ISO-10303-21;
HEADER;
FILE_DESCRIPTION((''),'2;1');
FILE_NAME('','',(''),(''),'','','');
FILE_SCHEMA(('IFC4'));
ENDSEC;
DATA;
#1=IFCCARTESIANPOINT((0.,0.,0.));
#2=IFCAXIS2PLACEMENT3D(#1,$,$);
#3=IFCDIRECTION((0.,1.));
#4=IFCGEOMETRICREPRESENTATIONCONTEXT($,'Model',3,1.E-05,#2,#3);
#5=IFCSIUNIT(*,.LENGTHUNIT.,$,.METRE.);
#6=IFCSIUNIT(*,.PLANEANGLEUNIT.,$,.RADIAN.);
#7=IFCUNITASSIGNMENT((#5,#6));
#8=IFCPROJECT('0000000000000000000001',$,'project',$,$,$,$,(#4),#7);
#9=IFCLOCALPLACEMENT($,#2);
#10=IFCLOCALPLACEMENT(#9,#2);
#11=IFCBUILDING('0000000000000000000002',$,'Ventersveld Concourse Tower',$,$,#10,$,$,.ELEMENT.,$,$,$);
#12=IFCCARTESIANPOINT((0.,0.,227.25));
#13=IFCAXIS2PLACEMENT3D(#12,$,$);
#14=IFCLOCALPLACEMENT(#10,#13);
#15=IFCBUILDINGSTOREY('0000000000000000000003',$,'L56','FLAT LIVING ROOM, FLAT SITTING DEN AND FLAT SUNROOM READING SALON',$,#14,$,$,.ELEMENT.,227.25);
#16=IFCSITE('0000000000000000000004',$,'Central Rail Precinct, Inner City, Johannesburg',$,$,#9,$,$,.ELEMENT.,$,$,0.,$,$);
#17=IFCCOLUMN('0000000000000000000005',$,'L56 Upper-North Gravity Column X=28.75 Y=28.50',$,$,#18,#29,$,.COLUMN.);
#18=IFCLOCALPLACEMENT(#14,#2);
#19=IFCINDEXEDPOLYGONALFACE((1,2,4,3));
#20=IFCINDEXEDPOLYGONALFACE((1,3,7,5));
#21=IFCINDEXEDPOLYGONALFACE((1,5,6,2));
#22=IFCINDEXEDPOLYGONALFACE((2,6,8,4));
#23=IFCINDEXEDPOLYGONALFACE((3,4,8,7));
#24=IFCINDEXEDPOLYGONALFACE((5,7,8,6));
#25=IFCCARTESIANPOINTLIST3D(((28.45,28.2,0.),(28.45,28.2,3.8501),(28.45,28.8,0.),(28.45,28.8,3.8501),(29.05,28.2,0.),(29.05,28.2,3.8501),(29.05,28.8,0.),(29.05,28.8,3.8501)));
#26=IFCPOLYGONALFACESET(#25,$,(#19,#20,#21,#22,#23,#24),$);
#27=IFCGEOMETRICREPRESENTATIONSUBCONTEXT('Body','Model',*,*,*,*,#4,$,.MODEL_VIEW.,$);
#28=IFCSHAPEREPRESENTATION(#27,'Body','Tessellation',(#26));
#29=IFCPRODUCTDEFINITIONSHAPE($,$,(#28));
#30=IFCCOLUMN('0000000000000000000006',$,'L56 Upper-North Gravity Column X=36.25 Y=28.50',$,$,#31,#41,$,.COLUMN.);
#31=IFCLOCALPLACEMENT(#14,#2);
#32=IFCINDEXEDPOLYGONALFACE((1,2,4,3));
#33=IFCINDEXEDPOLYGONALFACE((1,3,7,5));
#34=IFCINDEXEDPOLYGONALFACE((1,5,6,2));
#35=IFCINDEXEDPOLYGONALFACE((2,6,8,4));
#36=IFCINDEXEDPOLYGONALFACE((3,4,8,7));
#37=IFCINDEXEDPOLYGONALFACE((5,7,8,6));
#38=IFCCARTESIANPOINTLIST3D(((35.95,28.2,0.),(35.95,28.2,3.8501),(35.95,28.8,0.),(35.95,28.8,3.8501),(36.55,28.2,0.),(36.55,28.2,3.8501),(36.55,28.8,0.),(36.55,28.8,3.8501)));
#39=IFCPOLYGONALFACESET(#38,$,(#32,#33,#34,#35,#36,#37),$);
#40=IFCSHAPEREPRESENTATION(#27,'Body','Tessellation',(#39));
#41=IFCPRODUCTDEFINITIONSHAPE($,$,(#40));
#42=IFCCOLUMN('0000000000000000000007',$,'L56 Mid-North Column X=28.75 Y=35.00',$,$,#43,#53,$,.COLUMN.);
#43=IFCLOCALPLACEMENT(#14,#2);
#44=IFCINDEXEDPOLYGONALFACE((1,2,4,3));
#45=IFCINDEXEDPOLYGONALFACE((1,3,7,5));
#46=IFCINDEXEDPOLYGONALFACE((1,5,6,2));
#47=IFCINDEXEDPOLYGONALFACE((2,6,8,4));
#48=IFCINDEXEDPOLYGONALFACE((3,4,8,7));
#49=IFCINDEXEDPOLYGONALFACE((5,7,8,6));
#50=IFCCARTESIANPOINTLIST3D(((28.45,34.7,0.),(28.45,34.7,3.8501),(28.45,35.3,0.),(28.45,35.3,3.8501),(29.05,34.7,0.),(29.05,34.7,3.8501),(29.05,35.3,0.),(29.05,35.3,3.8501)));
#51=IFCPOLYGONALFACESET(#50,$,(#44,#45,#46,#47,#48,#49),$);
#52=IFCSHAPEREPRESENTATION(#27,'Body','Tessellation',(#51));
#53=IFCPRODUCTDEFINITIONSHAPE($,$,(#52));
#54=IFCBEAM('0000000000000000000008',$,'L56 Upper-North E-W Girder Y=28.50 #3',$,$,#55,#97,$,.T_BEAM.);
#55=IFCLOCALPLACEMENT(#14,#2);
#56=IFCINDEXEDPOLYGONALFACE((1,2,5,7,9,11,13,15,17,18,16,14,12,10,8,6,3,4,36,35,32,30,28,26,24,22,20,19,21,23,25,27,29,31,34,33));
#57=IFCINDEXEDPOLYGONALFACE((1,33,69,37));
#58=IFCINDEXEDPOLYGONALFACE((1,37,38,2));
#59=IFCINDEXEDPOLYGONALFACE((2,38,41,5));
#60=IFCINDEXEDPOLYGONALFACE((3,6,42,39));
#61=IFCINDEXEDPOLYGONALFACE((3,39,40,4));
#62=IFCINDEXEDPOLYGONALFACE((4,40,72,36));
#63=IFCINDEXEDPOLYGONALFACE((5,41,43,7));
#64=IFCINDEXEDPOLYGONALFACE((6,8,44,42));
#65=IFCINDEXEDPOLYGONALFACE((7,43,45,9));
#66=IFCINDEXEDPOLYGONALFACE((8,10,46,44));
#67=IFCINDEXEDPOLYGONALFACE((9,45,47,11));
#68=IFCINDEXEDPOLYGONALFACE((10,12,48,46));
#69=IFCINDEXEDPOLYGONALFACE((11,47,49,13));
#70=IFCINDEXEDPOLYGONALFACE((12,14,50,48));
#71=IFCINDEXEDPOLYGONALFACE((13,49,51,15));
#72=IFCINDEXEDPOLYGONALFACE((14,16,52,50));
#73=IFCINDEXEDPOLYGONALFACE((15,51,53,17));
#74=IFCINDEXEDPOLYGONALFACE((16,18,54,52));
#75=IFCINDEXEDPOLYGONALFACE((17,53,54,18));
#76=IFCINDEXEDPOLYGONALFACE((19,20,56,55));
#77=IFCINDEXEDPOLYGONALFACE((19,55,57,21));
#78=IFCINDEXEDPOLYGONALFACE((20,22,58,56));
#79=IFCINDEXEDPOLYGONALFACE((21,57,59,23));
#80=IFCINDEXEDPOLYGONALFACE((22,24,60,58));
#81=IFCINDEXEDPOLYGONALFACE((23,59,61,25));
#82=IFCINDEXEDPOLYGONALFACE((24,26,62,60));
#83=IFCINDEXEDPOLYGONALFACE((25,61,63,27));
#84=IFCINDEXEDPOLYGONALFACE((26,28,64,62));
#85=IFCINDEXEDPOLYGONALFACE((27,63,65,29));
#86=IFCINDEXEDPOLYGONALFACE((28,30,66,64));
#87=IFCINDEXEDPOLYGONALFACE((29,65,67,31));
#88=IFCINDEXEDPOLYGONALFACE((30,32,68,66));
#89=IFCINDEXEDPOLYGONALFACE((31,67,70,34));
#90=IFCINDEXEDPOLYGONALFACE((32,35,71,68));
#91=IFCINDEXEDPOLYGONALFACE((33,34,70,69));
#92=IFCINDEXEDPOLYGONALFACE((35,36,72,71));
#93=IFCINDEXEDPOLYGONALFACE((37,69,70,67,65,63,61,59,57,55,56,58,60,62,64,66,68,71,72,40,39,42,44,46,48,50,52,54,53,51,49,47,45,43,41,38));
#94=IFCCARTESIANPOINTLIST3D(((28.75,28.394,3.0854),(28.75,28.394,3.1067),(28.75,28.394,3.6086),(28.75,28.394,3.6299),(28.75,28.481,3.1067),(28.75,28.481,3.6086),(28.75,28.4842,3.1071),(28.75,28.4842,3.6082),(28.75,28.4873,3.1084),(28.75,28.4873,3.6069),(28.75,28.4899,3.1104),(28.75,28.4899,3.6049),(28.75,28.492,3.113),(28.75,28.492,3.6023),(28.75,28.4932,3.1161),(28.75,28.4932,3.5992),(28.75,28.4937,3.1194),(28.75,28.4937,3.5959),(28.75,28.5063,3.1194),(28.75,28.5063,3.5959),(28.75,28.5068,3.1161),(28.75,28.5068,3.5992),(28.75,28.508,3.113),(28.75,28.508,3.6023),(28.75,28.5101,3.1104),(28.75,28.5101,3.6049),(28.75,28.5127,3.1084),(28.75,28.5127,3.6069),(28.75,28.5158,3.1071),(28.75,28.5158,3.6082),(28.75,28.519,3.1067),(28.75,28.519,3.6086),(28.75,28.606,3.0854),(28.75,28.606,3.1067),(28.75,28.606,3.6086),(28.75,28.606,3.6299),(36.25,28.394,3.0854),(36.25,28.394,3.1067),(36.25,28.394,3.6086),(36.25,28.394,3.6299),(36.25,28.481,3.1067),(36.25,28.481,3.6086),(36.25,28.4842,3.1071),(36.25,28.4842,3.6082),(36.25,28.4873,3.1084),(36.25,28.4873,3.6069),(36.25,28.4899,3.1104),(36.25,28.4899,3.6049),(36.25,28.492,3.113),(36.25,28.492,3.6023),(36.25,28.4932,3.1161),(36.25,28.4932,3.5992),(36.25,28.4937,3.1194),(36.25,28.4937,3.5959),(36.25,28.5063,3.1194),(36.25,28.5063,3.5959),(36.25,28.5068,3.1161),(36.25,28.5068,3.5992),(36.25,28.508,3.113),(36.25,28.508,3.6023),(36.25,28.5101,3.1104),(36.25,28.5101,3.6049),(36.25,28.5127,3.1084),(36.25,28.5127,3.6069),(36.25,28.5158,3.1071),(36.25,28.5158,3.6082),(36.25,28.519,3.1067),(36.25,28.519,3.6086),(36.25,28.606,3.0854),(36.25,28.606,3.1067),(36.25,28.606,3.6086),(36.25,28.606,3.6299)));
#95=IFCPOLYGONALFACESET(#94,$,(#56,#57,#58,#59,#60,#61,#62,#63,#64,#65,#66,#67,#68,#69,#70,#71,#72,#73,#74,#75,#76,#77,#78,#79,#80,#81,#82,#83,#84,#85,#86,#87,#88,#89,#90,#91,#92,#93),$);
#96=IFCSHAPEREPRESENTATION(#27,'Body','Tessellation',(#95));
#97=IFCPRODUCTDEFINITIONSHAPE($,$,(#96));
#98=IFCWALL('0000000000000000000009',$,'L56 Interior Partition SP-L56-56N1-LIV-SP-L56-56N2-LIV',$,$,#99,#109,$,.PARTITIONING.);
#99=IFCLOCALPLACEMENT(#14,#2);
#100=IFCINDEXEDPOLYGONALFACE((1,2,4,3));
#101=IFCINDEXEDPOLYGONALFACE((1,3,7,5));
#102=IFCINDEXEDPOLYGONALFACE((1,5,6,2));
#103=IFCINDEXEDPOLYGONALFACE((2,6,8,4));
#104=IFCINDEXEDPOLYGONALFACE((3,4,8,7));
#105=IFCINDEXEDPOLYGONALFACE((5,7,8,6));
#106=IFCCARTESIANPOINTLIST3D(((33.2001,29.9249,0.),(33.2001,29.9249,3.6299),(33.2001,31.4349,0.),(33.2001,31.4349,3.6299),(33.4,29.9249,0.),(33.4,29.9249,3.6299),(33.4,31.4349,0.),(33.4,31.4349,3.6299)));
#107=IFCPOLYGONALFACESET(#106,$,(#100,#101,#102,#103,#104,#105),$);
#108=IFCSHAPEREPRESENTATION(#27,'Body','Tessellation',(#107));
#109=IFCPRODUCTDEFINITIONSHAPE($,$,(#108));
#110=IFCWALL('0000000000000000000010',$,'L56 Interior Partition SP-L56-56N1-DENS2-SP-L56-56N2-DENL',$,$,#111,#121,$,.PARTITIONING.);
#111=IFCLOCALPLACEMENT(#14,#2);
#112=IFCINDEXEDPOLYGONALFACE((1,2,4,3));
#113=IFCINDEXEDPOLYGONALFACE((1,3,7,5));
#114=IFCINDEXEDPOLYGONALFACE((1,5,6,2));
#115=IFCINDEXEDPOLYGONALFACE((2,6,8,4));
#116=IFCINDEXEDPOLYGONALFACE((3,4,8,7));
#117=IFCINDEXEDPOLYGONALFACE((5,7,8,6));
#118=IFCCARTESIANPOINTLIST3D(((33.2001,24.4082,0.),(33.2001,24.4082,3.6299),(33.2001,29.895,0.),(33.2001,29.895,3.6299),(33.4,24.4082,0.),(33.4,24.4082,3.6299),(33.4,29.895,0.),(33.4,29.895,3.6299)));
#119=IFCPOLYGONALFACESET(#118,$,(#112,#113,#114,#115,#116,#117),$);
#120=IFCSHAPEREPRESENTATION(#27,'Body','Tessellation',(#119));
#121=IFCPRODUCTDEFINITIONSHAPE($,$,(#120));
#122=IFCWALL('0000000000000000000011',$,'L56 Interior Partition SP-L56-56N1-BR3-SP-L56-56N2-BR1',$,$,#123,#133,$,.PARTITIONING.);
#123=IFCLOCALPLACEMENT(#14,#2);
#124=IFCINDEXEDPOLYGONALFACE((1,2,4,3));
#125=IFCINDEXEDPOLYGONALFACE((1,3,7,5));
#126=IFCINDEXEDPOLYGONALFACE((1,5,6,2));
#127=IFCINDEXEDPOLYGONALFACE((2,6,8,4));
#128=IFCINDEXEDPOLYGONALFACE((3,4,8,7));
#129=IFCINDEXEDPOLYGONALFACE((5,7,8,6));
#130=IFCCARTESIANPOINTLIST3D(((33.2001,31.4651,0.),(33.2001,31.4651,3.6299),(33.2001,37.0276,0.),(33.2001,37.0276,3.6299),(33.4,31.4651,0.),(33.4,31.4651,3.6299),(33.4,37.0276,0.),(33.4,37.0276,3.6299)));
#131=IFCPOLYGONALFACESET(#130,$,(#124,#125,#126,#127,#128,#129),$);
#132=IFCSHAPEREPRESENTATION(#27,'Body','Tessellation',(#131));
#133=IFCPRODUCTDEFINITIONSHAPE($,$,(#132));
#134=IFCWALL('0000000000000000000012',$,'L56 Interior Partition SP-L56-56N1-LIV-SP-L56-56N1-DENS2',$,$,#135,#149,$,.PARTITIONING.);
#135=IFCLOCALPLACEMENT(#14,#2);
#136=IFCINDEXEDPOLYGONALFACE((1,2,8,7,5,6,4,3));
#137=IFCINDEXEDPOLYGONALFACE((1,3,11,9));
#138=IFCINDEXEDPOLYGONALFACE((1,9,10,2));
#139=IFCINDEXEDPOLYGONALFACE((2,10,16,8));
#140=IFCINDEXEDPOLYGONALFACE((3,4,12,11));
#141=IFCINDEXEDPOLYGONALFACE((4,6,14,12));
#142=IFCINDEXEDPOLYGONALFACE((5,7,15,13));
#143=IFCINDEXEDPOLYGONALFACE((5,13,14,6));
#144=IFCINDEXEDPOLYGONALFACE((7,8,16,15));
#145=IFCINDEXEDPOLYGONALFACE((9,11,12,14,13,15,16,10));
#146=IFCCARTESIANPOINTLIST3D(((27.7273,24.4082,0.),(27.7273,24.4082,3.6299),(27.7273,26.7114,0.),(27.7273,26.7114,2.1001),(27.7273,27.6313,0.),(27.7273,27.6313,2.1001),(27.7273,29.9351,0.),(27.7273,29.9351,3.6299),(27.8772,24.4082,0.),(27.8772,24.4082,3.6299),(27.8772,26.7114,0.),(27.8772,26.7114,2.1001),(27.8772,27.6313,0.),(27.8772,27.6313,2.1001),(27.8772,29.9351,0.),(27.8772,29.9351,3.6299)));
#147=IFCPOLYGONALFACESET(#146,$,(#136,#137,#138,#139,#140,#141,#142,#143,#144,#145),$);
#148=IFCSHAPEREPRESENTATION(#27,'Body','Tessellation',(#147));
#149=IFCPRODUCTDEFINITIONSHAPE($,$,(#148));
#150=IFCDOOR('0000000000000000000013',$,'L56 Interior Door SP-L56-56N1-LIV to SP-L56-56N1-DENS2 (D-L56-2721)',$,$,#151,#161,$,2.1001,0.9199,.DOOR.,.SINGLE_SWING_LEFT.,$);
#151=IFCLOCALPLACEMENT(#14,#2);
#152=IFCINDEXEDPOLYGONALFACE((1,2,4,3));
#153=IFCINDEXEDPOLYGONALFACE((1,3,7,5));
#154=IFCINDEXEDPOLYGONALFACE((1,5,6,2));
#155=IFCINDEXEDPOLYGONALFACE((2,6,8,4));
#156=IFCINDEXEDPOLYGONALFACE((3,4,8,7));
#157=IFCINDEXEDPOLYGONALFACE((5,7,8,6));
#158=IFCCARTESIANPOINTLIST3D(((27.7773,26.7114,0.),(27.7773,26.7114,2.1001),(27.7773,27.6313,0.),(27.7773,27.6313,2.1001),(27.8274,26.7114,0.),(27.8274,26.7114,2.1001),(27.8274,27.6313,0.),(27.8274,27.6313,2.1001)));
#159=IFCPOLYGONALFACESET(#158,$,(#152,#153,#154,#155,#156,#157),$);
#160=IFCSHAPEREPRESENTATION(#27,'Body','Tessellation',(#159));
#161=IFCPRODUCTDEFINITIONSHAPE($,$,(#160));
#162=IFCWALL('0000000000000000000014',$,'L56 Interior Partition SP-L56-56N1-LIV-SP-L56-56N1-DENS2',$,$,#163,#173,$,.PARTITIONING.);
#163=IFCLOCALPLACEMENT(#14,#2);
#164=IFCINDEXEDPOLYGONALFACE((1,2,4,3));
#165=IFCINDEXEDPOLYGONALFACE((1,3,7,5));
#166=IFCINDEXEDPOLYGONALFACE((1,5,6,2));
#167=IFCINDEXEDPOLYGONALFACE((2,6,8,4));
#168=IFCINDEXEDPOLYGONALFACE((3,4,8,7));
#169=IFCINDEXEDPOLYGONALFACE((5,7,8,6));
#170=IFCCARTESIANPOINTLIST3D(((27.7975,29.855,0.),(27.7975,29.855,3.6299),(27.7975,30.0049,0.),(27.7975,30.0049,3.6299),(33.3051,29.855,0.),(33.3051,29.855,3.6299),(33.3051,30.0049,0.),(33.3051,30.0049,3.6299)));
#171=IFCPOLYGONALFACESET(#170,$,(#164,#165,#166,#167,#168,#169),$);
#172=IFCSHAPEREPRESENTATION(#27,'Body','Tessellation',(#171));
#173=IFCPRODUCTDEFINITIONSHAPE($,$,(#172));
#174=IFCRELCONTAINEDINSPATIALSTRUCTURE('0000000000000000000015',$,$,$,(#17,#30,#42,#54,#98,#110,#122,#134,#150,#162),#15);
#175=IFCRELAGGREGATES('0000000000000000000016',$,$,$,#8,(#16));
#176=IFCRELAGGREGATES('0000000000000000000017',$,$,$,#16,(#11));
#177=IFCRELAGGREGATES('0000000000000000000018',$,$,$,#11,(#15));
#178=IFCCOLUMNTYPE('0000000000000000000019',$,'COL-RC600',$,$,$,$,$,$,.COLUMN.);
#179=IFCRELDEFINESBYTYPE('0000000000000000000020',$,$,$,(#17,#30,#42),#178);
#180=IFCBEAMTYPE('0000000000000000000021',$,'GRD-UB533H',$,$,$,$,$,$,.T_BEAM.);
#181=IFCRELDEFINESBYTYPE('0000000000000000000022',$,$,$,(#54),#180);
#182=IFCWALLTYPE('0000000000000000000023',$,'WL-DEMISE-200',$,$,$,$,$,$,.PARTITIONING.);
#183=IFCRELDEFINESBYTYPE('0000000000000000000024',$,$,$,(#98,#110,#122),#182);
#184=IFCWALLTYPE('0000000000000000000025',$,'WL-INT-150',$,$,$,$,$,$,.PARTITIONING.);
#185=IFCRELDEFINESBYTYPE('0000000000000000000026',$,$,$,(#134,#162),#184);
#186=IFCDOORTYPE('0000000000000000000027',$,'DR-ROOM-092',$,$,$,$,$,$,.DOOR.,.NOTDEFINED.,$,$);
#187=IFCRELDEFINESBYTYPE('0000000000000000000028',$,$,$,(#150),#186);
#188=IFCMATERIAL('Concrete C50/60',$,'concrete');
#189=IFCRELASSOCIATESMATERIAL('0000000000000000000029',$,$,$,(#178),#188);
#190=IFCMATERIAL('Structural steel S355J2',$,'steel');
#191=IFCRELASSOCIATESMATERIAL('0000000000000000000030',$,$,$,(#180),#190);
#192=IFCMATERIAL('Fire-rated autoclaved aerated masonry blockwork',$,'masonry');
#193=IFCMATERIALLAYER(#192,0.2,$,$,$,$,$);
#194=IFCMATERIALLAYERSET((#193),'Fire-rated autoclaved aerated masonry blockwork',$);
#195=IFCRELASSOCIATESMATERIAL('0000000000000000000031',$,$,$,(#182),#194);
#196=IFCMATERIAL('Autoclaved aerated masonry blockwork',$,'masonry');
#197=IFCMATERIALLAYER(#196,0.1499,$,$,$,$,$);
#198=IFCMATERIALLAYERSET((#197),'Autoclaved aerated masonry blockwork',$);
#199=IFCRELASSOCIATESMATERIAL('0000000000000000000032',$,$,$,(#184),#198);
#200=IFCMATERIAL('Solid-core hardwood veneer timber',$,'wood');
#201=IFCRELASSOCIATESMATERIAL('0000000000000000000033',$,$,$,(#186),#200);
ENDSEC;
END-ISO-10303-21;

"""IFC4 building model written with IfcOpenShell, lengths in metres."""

from ifc_helpers import new_model, si_unit, direction, frame, frame_2d, origin, origin_2d, place, context, subcontext, project, spatial, rectangle, i_section, extrude, material, layer, layer_set, material_profile, profile_set, type_object, element, fill, save


model = new_model("IFC4")

# Units and contexts
model_context = context("Model", 3, precision=1e-05, world=origin(), true_north=direction((0.0, 1.0)))
body_context = subcontext(model_context, "Body", "Model", "MODEL_VIEW")
ifc_project = project(units=[si_unit("LENGTHUNIT", "METRE"), si_unit("PLANEANGLEUNIT", "RADIAN")], contexts=[model_context])

# Site, building, storey
site_placement = place(None, origin())
site = spatial("IfcSite", under=ifc_project, at=site_placement, Name="Central Rail Precinct, Inner City, Johannesburg", CompositionType="ELEMENT", RefElevation=0.0)
building_placement = place(site_placement, origin())
building = spatial("IfcBuilding", under=site, at=building_placement, Name="Ventersveld Concourse Tower", CompositionType="ELEMENT")
storey_placement = place(building_placement, frame((0.0, 0.0, 227.25)))
storey = spatial("IfcBuildingStorey", under=building, at=storey_placement, Name="L56", Description="FLAT LIVING ROOM, FLAT SITTING DEN AND FLAT SUNROOM READING SALON", CompositionType="ELEMENT", Elevation=227.25)

# Columns
ifc_material_1 = material(Name="Concrete C50/60", Category="concrete")
ifc_material_profile_1 = material_profile(ifc_material_1, rectangle(XDim=0.6001, YDim=0.6001, at=origin_2d()), Name="RC 600x600")
ifc_profile_set_1 = profile_set([ifc_material_profile_1], Name="Concrete C50/60")
column_type = type_object("IfcColumnType", Name="COL-RC600", PredefinedType="COLUMN", material=ifc_profile_set_1)
for number, where, z_axis, x_axis, name in (
    (1, (28.75, 28.5, 0.0), (0.0, 0.0, 1.0), (1.0, 0.0, 0.0), "L56 Upper-North Gravity Column X=28.75 Y=28.50"),
    (2, (36.25, 28.5, 0.0), (0.0, 0.0, 1.0), (1.0, 0.0, 0.0), "L56 Upper-North Gravity Column X=36.25 Y=28.50"),
    (3, (28.75, 35.0, 0.0), (0.0, 0.0, 1.0), (1.0, 0.0, 0.0), "L56 Mid-North Column X=28.75 Y=35.00"),
):
    element("IfcColumn", number, at=place(storey_placement, frame(where, z_axis=z_axis, x_axis=x_axis)), inside=storey, type_object=column_type, Name=name, PredefinedType="COLUMN", context=body_context, shape_type="SweptSolid", body=[
        extrude(rectangle(XDim=0.6001, YDim=0.6001, at=origin_2d()), origin(), (0.0, 0.0, 1.0), 3.8501),
    ])

# Beam
ifc_material_2 = material(Name="Structural steel S355J2", Category="steel")
ifc_material_profile_2 = material_profile(ifc_material_2, i_section(OverallWidth=0.2119, OverallDepth=0.5444, WebThickness=0.0127, FlangeThickness=0.0212, FilletRadius=0.0127, at=origin_2d()), Name="UB 533x210x122")
ifc_profile_set_2 = profile_set([ifc_material_profile_2], Name="Structural steel S355J2")
beam_type = type_object("IfcBeamType", Name="GRD-UB533H", PredefinedType="T_BEAM", material=ifc_profile_set_2)
beam_placement = place(storey_placement, frame((28.75, 28.5, 3.3577), z_axis=(1.0, 0.0, 0.0), x_axis=(0.0, 1.0, 0.0)))
element("IfcBeam", 4, at=beam_placement, inside=storey, type_object=beam_type, Name="L56 Upper-North E-W Girder Y=28.50 #3", PredefinedType="T_BEAM", context=body_context, shape_type="SweptSolid", body=[
    extrude(i_section(OverallWidth=0.2119, OverallDepth=0.5444, WebThickness=0.0127, FlangeThickness=0.0212, FilletRadius=0.0127, at=origin_2d()), origin(), (0.0, 0.0, 1.0), 7.5),
])

# Walls
ifc_material_3 = material(Name="Fire-rated autoclaved aerated masonry blockwork", Category="masonry")
ifc_layer_1 = layer(ifc_material_3, 0.2)
ifc_layer_set_1 = layer_set([ifc_layer_1], Name="Fire-rated autoclaved aerated masonry blockwork")
wall_type_1 = type_object("IfcWallType", Name="WL-DEMISE-200", PredefinedType="PARTITIONING", material=ifc_layer_set_1)
wall_1_placement = place(storey_placement, frame((33.3, 29.925, 0.0), z_axis=(0.0, 0.0, 1.0), x_axis=(0.0, 1.0, 0.0)))
element("IfcWall", 5, at=wall_1_placement, inside=storey, type_object=wall_type_1, Name="L56 Interior Partition SP-L56-56N1-LIV-SP-L56-56N2-LIV", PredefinedType="PARTITIONING", context=body_context, shape_type="SweptSolid", body=[
    extrude(rectangle(XDim=1.51, YDim=0.2, at=frame_2d((0.7549, 0.0))), origin(), (0.0, 0.0, 1.0), 3.6299),
])
wall_2_placement = place(storey_placement, frame((33.3, 24.4082, 0.0), z_axis=(0.0, 0.0, 1.0), x_axis=(0.0, 1.0, 0.0)))
element("IfcWall", 6, at=wall_2_placement, inside=storey, type_object=wall_type_1, Name="L56 Interior Partition SP-L56-56N1-DENS2-SP-L56-56N2-DENL", PredefinedType="PARTITIONING", context=body_context, shape_type="SweptSolid", body=[
    extrude(rectangle(XDim=5.4868, YDim=0.2, at=frame_2d((2.7434, 0.0))), origin(), (0.0, 0.0, 1.0), 3.6299),
])
wall_3_placement = place(storey_placement, frame((33.3, 31.4651, 0.0), z_axis=(0.0, 0.0, 1.0), x_axis=(0.0, 1.0, 0.0)))
element("IfcWall", 7, at=wall_3_placement, inside=storey, type_object=wall_type_1, Name="L56 Interior Partition SP-L56-56N1-BR3-SP-L56-56N2-BR1", PredefinedType="PARTITIONING", context=body_context, shape_type="SweptSolid", body=[
    extrude(rectangle(XDim=5.5625, YDim=0.2, at=frame_2d((2.7812, 0.0))), origin(), (0.0, 0.0, 1.0), 3.6299),
])

# Wall, opening, door
ifc_material_4 = material(Name="Autoclaved aerated masonry blockwork", Category="masonry")
ifc_layer_2 = layer(ifc_material_4, 0.1499)
ifc_layer_set_2 = layer_set([ifc_layer_2], Name="Autoclaved aerated masonry blockwork")
wall_type_2 = type_object("IfcWallType", Name="WL-INT-150", PredefinedType="PARTITIONING", material=ifc_layer_set_2)
wall_4_placement = place(storey_placement, frame((27.8022, 24.4082, 0.0), z_axis=(0.0, 0.0, 1.0), x_axis=(0.0, 1.0, 0.0)))
wall_4 = element("IfcWall", 8, at=wall_4_placement, inside=storey, type_object=wall_type_2, Name="L56 Interior Partition SP-L56-56N1-LIV-SP-L56-56N1-DENS2", PredefinedType="PARTITIONING", context=body_context, shape_type="SweptSolid", body=[
    extrude(rectangle(XDim=5.5269, YDim=0.1499, at=frame_2d((2.7634, 0.0))), origin(), (0.0, 0.0, 1.0), 3.6299),
])
opening_1_placement = place(wall_4_placement, frame((2.3032, 0.0, 0.0)))
opening_1 = element("IfcOpeningElement", 9, at=opening_1_placement, cuts=wall_4, PredefinedType="OPENING", context=body_context, shape_type="SweptSolid", body=[
    extrude(rectangle(XDim=0.9199, YDim=2.1001, at=frame_2d((0.46, 1.05))), frame((0.0, 0.085, 0.0), z_axis=(0.0, -1.0, 0.0), x_axis=(1.0, 0.0, 0.0)), (0.0, 0.0, 1.0), 0.1699),
])
ifc_material_5 = material(Name="Solid-core hardwood veneer timber", Category="wood")
door_type = type_object("IfcDoorType", Name="DR-ROOM-092", OperationType="NOTDEFINED", PredefinedType="DOOR", material=ifc_material_5)
door_1_placement = place(opening_1_placement, origin())
door_1 = element("IfcDoor", 10, at=door_1_placement, inside=storey, type_object=door_type, Name="L56 Interior Door SP-L56-56N1-LIV to SP-L56-56N1-DENS2 (D-L56-2721)", OperationType="SINGLE_SWING_LEFT", OverallHeight=2.1001, OverallWidth=0.9199, PredefinedType="DOOR", context=body_context, shape_type="SweptSolid", body=[
    extrude(rectangle(XDim=0.9199, YDim=2.1001, at=frame_2d((0.46, 1.05))), frame((0.0, 0.0249, 0.0), z_axis=(0.0, -1.0, 0.0), x_axis=(1.0, 0.0, 0.0)), (0.0, 0.0, 1.0), 0.05),
])
fill(opening_1, door_1)

# Wall
wall_5_placement = place(storey_placement, frame((27.7974, 29.9299, 0.0), z_axis=(0.0, 0.0, 1.0), x_axis=(1.0, 0.0, 0.0)))
element("IfcWall", 11, at=wall_5_placement, inside=storey, type_object=wall_type_2, Name="L56 Interior Partition SP-L56-56N1-LIV-SP-L56-56N1-DENS2", PredefinedType="PARTITIONING", context=body_context, shape_type="SweptSolid", body=[
    extrude(rectangle(XDim=5.5076, YDim=0.1499, at=frame_2d((2.7539, 0.0))), origin(), (0.0, 0.0, 1.0), 3.6299),
])

save(model, "model.ifc")
